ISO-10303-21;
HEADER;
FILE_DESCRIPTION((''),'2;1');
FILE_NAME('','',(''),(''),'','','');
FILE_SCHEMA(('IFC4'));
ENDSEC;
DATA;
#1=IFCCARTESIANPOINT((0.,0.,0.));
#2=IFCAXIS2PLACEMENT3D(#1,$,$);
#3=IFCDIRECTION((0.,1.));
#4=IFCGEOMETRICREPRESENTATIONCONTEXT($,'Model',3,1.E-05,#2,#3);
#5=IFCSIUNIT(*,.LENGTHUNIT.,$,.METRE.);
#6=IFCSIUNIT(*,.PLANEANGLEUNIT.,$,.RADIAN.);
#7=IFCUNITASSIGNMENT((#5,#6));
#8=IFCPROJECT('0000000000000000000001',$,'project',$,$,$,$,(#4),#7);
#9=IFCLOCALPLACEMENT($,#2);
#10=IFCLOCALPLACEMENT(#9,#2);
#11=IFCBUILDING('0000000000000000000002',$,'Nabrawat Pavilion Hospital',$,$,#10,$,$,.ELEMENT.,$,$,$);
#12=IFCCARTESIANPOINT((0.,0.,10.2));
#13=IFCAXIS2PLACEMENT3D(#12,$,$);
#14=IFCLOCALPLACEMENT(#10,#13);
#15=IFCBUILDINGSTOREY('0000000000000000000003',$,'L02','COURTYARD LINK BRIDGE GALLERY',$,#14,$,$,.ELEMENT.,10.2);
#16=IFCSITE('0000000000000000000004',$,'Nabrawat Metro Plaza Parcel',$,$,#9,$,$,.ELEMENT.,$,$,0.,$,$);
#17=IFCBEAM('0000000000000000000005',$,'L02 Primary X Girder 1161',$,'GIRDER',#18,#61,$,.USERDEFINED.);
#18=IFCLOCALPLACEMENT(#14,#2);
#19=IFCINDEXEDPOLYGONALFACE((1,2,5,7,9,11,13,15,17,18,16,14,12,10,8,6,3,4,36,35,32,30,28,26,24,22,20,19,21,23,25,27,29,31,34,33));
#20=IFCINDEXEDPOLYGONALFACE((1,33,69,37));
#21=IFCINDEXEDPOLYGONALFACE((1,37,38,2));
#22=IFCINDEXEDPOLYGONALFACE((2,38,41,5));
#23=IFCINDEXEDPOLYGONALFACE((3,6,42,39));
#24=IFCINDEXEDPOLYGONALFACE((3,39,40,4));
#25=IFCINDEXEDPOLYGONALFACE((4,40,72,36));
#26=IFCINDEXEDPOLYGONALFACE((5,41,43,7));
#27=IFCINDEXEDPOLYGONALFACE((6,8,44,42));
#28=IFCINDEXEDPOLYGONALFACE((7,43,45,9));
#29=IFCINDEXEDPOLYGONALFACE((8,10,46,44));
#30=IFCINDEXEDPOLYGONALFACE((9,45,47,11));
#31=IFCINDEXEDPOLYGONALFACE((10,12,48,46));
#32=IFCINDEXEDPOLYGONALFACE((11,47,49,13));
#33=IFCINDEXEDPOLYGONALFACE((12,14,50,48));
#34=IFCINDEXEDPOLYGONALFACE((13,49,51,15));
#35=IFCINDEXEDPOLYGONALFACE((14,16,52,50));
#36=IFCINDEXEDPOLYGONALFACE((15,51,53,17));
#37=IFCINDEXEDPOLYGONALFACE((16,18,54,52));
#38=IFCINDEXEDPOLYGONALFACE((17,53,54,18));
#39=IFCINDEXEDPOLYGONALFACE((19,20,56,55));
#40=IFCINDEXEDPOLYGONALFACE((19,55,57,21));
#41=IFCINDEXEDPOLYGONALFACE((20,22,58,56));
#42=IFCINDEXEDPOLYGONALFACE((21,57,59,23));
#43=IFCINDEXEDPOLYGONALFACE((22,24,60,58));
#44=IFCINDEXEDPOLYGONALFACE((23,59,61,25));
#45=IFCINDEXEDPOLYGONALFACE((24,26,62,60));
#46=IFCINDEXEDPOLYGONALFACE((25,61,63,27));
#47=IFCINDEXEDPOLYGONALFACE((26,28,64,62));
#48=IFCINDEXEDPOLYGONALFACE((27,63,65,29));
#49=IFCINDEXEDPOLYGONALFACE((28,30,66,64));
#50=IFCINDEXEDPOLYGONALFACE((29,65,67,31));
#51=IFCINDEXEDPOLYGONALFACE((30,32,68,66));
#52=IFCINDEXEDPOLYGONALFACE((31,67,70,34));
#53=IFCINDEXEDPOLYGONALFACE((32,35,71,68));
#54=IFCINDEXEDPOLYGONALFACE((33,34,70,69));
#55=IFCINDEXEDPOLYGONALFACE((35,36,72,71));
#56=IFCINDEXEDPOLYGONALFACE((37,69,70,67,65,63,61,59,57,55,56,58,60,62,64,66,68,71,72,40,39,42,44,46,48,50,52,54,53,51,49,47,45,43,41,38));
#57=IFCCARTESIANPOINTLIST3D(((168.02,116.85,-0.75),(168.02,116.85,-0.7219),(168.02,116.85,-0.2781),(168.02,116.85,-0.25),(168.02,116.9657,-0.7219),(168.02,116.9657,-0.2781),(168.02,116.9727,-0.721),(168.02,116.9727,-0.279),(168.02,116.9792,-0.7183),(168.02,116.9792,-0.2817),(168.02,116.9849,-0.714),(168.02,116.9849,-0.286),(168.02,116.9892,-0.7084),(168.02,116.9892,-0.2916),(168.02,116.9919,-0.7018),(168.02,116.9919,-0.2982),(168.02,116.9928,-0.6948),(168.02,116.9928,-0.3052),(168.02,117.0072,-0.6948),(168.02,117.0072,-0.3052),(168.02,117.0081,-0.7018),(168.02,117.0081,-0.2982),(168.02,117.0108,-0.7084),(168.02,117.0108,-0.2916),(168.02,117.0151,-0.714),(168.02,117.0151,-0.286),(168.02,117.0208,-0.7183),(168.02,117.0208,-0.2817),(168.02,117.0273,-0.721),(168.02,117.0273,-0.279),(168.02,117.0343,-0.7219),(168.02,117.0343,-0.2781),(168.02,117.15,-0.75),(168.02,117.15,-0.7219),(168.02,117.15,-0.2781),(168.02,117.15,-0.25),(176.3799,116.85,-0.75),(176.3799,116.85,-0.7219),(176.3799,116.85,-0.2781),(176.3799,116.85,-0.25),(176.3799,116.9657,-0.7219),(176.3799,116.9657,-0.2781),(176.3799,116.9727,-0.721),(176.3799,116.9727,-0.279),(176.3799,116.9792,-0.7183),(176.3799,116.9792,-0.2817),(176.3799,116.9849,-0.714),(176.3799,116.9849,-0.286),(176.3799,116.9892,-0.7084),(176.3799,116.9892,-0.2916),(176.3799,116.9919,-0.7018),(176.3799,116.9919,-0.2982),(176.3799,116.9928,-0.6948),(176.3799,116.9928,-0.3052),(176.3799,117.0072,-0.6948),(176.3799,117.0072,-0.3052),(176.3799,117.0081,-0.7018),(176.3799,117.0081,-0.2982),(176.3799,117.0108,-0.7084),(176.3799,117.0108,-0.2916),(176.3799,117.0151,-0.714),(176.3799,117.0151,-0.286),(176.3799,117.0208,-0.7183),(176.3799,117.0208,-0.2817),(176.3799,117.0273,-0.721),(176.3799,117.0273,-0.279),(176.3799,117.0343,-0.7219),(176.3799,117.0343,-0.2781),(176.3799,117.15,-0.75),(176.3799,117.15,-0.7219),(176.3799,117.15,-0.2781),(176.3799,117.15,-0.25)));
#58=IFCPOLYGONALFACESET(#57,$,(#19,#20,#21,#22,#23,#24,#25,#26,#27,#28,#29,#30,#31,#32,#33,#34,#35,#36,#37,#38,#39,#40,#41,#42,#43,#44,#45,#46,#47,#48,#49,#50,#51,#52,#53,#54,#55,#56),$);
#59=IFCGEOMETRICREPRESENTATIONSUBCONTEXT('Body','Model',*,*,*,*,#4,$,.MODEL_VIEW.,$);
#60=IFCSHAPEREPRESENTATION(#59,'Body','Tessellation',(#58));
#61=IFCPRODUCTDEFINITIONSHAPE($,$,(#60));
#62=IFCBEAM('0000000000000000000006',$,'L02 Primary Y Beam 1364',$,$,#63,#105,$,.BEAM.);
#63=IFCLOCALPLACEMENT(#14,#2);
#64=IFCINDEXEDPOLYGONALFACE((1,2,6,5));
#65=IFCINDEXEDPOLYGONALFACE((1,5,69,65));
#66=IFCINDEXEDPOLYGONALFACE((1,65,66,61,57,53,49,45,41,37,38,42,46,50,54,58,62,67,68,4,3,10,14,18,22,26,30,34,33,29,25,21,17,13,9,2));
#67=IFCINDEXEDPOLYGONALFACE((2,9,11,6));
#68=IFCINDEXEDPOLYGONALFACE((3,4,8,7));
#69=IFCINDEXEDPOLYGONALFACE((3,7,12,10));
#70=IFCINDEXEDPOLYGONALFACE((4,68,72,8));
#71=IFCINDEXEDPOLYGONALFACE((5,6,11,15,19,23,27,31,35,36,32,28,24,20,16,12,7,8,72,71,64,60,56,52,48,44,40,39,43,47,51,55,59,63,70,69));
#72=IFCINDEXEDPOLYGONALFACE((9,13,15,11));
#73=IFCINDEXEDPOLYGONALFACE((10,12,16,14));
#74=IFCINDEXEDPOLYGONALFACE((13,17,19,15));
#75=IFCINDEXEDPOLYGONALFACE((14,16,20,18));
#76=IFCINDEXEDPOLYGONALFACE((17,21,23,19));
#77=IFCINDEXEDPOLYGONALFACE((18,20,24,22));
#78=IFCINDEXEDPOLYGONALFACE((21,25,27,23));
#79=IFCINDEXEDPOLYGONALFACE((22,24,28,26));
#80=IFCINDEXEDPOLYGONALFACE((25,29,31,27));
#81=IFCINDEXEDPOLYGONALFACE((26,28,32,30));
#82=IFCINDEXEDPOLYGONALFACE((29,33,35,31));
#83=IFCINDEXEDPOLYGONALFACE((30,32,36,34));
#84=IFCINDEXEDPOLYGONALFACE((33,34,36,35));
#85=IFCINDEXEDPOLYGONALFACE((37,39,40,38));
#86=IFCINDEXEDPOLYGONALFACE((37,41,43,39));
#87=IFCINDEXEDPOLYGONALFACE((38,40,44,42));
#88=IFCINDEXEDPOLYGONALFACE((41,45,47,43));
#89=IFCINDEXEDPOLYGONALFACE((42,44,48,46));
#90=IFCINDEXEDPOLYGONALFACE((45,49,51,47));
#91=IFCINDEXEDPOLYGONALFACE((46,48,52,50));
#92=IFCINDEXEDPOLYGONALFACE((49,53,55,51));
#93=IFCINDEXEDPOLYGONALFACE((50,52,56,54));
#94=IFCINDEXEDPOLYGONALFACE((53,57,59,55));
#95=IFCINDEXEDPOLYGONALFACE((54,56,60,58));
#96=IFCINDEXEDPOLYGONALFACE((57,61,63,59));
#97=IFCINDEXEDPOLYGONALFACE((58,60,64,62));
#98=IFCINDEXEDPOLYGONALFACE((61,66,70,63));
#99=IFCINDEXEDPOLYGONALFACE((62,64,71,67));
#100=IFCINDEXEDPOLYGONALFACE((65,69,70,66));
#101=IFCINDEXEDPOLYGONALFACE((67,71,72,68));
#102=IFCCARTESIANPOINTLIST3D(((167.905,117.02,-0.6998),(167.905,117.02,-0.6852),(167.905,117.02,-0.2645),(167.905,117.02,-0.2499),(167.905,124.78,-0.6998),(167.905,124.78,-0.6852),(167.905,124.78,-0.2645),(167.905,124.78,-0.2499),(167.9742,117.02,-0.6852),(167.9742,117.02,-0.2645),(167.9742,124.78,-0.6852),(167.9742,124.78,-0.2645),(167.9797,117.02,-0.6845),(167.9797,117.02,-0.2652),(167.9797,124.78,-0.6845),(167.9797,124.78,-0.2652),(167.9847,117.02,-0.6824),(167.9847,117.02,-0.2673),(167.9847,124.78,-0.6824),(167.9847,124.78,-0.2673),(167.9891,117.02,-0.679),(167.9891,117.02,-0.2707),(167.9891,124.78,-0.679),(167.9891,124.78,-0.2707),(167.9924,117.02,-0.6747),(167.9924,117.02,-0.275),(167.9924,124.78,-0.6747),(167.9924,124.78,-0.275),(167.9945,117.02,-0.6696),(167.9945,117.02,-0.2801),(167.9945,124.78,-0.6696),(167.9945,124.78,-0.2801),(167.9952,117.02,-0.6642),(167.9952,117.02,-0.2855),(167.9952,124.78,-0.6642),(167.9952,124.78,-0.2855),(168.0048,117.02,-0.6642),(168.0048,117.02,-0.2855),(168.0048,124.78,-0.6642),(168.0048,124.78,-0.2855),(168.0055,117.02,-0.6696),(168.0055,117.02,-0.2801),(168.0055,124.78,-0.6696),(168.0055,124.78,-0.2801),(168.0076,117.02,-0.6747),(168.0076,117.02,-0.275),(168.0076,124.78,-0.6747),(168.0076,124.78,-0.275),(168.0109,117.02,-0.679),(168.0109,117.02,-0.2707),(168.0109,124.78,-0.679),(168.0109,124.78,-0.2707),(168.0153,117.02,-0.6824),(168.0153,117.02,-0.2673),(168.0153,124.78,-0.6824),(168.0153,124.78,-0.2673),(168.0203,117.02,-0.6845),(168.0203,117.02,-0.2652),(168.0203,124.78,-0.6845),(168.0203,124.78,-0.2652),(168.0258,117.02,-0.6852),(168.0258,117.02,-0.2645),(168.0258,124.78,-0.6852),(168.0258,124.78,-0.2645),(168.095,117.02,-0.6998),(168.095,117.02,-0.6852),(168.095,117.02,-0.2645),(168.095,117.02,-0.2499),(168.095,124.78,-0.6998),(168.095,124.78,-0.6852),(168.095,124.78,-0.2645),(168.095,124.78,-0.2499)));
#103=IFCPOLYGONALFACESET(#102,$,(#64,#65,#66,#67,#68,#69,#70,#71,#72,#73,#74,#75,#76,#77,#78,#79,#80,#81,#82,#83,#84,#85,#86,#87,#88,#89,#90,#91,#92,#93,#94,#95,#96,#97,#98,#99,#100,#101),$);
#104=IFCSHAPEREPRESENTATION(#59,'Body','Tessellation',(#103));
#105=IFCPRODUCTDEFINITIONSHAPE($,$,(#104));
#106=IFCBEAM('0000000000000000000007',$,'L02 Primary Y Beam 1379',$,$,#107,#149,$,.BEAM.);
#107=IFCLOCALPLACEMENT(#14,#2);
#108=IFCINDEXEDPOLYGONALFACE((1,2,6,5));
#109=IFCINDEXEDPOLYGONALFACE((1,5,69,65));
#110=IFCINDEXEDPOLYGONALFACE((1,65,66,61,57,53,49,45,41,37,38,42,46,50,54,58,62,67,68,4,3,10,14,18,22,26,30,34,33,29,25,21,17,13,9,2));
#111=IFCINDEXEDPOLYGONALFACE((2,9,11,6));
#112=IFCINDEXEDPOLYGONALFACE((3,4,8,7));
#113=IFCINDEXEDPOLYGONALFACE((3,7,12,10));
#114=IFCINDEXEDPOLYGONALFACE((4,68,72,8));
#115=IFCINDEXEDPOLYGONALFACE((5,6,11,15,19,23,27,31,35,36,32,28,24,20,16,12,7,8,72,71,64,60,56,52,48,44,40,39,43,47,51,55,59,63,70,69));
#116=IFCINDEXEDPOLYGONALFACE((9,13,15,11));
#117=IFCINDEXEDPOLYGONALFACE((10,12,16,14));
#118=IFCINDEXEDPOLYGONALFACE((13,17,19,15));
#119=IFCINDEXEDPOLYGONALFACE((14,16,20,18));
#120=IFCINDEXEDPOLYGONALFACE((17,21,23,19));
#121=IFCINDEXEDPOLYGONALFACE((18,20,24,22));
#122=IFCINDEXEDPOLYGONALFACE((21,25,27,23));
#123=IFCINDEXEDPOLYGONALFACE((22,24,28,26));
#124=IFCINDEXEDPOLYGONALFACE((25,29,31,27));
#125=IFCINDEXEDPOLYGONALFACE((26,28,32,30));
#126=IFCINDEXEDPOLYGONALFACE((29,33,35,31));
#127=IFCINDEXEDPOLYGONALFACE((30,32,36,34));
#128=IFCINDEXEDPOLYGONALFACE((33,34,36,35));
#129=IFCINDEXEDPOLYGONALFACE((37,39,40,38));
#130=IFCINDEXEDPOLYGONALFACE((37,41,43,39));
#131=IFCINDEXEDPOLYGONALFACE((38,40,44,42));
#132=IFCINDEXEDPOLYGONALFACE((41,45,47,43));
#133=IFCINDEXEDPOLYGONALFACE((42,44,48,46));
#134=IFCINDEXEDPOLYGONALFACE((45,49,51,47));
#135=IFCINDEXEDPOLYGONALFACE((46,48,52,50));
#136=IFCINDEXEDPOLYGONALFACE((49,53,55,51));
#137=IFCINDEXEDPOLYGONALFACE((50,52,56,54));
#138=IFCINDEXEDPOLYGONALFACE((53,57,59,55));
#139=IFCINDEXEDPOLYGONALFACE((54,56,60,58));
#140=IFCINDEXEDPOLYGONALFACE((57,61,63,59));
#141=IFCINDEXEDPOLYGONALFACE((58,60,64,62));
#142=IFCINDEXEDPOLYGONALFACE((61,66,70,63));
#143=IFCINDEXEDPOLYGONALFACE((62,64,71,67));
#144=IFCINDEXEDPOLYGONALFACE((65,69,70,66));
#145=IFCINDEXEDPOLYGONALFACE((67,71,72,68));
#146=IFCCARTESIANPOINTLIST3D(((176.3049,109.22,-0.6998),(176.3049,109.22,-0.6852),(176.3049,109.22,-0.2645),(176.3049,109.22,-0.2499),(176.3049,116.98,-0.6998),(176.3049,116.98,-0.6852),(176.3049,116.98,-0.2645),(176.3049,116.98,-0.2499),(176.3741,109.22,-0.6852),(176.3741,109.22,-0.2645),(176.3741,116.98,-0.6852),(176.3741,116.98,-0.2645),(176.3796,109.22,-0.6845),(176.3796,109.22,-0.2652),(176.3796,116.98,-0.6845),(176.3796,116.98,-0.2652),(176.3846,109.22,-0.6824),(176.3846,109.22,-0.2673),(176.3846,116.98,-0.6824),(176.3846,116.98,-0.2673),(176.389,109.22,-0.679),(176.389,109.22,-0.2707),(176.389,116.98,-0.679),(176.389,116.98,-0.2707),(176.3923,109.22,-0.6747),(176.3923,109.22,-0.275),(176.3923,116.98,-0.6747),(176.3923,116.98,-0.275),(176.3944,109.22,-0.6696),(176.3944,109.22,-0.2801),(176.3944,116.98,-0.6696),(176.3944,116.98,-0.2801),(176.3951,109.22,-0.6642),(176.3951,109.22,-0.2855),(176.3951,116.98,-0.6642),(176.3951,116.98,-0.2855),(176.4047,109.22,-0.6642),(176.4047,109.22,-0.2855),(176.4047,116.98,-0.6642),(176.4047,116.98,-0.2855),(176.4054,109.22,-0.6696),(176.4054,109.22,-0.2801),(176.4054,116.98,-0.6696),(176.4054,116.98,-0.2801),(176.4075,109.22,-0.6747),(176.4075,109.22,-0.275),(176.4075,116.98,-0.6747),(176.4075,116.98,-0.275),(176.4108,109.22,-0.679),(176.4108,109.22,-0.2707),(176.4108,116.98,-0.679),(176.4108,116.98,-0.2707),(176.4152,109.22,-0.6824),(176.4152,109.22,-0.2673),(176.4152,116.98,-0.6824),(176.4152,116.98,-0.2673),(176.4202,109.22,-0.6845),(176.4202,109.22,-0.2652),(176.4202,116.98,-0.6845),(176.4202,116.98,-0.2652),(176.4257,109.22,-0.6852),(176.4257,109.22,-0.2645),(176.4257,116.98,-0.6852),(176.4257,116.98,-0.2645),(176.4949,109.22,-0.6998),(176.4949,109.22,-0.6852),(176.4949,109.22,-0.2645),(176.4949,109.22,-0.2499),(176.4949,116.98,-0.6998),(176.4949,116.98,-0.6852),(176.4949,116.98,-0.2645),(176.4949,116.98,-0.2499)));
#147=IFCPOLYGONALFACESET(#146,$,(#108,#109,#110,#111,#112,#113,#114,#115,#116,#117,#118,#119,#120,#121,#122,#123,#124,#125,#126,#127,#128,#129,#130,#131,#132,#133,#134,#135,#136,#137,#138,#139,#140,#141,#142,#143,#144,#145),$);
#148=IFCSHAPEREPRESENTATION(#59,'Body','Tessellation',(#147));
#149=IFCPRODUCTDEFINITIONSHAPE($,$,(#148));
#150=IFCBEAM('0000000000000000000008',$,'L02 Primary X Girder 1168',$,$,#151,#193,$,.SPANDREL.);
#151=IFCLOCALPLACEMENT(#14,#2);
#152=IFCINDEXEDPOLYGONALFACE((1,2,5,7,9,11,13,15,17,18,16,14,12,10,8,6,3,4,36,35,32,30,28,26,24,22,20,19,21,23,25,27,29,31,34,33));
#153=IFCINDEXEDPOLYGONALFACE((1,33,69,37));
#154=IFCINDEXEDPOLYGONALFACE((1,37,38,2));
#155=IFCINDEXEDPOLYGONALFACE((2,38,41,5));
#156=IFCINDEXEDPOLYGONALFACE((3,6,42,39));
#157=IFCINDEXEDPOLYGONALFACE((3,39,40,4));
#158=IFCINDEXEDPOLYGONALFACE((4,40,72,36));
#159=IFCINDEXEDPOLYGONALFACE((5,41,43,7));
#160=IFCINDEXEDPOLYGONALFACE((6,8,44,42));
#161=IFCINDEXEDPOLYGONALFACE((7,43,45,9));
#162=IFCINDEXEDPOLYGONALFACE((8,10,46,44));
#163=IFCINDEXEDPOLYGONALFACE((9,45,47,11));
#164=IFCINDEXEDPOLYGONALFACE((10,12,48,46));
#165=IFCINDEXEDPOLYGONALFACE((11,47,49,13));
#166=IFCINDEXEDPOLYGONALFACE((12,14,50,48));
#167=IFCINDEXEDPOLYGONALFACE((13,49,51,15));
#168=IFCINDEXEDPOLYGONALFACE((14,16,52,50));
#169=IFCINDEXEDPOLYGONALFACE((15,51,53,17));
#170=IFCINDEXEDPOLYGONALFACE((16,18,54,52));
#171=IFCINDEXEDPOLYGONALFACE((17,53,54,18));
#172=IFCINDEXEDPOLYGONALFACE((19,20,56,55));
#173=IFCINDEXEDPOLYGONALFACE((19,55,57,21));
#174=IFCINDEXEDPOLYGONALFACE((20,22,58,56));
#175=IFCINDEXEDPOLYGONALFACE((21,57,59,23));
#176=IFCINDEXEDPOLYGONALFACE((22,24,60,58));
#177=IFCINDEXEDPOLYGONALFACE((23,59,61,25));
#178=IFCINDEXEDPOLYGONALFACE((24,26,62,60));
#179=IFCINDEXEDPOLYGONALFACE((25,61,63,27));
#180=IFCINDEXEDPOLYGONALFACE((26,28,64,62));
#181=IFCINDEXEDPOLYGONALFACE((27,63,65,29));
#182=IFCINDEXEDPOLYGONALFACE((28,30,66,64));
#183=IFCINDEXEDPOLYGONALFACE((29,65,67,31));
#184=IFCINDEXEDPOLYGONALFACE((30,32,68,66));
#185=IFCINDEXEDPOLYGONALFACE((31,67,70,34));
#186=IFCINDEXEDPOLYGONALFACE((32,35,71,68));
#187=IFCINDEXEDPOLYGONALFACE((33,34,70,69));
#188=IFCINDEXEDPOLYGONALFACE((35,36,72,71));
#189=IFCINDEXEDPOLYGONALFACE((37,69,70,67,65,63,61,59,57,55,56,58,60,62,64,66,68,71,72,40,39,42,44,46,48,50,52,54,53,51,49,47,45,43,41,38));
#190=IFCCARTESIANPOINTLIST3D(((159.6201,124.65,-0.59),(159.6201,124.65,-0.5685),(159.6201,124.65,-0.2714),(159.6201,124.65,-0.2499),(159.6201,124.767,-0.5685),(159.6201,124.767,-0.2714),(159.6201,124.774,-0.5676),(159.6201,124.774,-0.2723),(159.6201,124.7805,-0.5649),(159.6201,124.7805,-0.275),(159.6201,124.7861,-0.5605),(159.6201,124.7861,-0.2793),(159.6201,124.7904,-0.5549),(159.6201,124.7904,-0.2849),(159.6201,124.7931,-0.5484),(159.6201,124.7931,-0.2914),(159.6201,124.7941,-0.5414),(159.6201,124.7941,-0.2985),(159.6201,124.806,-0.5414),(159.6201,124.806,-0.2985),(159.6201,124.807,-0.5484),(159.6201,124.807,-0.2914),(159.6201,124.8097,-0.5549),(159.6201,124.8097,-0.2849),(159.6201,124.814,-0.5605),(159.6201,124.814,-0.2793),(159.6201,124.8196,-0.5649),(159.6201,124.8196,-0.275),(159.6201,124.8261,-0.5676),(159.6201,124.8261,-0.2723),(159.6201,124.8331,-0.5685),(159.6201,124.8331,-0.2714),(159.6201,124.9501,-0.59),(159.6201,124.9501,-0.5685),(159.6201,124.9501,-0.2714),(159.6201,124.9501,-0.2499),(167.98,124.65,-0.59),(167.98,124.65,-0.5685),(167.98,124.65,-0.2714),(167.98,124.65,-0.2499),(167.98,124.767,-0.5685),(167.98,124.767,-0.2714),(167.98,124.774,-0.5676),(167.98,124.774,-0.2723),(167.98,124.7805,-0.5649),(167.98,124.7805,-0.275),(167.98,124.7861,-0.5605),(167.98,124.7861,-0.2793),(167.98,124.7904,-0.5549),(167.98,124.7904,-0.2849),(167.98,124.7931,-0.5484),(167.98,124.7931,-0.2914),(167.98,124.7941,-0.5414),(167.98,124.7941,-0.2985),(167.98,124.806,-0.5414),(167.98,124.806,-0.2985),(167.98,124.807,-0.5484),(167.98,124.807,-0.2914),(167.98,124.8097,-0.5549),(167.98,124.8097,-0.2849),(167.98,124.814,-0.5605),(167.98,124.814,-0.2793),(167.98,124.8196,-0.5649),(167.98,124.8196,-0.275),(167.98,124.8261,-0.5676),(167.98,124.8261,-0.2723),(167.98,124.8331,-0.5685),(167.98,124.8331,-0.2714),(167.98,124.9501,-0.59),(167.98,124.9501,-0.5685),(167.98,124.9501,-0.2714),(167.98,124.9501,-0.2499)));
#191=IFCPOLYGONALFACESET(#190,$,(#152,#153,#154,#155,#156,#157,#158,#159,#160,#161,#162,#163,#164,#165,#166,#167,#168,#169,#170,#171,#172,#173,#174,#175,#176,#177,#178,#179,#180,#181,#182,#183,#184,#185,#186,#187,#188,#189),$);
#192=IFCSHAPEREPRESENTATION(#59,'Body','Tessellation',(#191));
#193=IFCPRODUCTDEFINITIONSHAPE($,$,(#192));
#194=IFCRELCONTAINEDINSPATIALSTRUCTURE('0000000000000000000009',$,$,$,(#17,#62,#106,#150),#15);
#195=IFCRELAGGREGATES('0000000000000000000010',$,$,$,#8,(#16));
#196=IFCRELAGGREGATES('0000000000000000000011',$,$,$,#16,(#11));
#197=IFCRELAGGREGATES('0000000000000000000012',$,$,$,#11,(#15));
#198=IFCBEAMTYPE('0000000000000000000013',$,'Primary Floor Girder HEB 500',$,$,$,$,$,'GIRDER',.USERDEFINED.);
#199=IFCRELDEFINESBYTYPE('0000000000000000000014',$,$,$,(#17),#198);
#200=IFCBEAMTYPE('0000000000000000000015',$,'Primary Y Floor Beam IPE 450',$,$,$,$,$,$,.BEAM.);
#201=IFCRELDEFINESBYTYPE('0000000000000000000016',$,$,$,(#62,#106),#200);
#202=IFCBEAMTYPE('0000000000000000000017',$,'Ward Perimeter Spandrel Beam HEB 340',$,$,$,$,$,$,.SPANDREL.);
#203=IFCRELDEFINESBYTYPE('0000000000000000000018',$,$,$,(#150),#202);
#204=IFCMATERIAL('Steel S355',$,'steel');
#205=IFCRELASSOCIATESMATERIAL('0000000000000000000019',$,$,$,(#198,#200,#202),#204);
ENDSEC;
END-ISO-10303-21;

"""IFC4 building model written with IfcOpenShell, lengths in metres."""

from ifc_helpers import new_model, si_unit, direction, frame, origin, origin_2d, place, context, subcontext, project, spatial, i_section, extrude, material, material_profile, profile_set, type_object, element, save


model = new_model("IFC4")

# Units and contexts
model_context = context("Model", 3, precision=1e-05, world=origin(), true_north=direction((0.0, 1.0)))
body_context = subcontext(model_context, "Body", "Model", "MODEL_VIEW")
ifc_project = project(units=[si_unit("LENGTHUNIT", "METRE"), si_unit("PLANEANGLEUNIT", "RADIAN")], contexts=[model_context])

# Site, building, storey
site_placement = place(None, origin())
site = spatial("IfcSite", under=ifc_project, at=site_placement, Name="Nabrawat Metro Plaza Parcel", CompositionType="ELEMENT", RefElevation=0.0)
building_placement = place(site_placement, origin())
building = spatial("IfcBuilding", under=site, at=building_placement, Name="Nabrawat Pavilion Hospital", CompositionType="ELEMENT")
storey_placement = place(building_placement, frame((0.0, 0.0, 10.2)))
storey = spatial("IfcBuildingStorey", under=building, at=storey_placement, Name="L02", Description="COURTYARD LINK BRIDGE GALLERY", CompositionType="ELEMENT", Elevation=10.2)

# Shared definitions
ifc_material_1 = material(Name="Steel S355", Category="steel")

# Beams
ifc_material_profile_1 = material_profile(ifc_material_1, i_section(OverallWidth=0.3, OverallDepth=0.5, WebThickness=0.0144, FlangeThickness=0.0281, FilletRadius=0.0271, at=origin_2d()), Name="HEB 500")
ifc_profile_set_1 = profile_set([ifc_material_profile_1], Name="Steel S355")
beam_type_1 = type_object("IfcBeamType", Name="Primary Floor Girder HEB 500", ElementType="GIRDER", PredefinedType="USERDEFINED", material=ifc_profile_set_1)
for number, where, z_axis, x_axis, name in (
    (1, (168.02, 117.0, -0.5), (1.0, 0.0, 0.0), (0.0, 1.0, 0.0), "L02 Primary X Girder 1161"),
):
    element("IfcBeam", number, at=place(storey_placement, frame(where, z_axis=z_axis, x_axis=x_axis)), inside=storey, type_object=beam_type_1, Name=name, ObjectType="GIRDER", PredefinedType="USERDEFINED", context=body_context, shape_type="SweptSolid", body=[
        extrude(i_section(OverallWidth=0.3, OverallDepth=0.5, WebThickness=0.0144, FlangeThickness=0.0281, FilletRadius=0.0271, at=origin_2d()), origin(), (0.0, 0.0, 1.0), 8.3599),
    ])
ifc_material_profile_2 = material_profile(ifc_material_1, i_section(OverallWidth=0.1899, OverallDepth=0.45, WebThickness=0.0095, FlangeThickness=0.0146, FilletRadius=0.021, at=origin_2d()), Name="IPE 450")
ifc_profile_set_2 = profile_set([ifc_material_profile_2], Name="Steel S355")
beam_type_2 = type_object("IfcBeamType", Name="Primary Y Floor Beam IPE 450", PredefinedType="BEAM", material=ifc_profile_set_2)
for number, where, z_axis, x_axis, name in (
    (2, (168.0, 117.02, -0.4749), (0.0, 1.0, 0.0), (-1.0, 0.0, 0.0), "L02 Primary Y Beam 1364"),
    (3, (176.3999, 109.22, -0.4749), (0.0, 1.0, 0.0), (-1.0, 0.0, 0.0), "L02 Primary Y Beam 1379"),
):
    element("IfcBeam", number, at=place(storey_placement, frame(where, z_axis=z_axis, x_axis=x_axis)), inside=storey, type_object=beam_type_2, Name=name, PredefinedType="BEAM", context=body_context, shape_type="SweptSolid", body=[
        extrude(i_section(OverallWidth=0.1899, OverallDepth=0.45, WebThickness=0.0095, FlangeThickness=0.0146, FilletRadius=0.021, at=origin_2d()), origin(), (0.0, 0.0, 1.0), 7.76),
    ])
ifc_material_profile_3 = material_profile(ifc_material_1, i_section(OverallWidth=0.3, OverallDepth=0.3401, WebThickness=0.012, FlangeThickness=0.0215, FilletRadius=0.0271, at=origin_2d()), Name="HEB 340")
ifc_profile_set_3 = profile_set([ifc_material_profile_3], Name="Steel S355")
beam_type_3 = type_object("IfcBeamType", Name="Ward Perimeter Spandrel Beam HEB 340", PredefinedType="SPANDREL", material=ifc_profile_set_3)
for number, where, z_axis, x_axis, name in (
    (4, (159.6201, 124.8, -0.4199), (1.0, 0.0, 0.0), (0.0, 1.0, 0.0), "L02 Primary X Girder 1168"),
):
    element("IfcBeam", number, at=place(storey_placement, frame(where, z_axis=z_axis, x_axis=x_axis)), inside=storey, type_object=beam_type_3, Name=name, PredefinedType="SPANDREL", context=body_context, shape_type="SweptSolid", body=[
        extrude(i_section(OverallWidth=0.3, OverallDepth=0.3401, WebThickness=0.012, FlangeThickness=0.0215, FilletRadius=0.0271, at=origin_2d()), origin(), (0.0, 0.0, 1.0), 8.3599),
    ])

save(model, "model.ifc")
